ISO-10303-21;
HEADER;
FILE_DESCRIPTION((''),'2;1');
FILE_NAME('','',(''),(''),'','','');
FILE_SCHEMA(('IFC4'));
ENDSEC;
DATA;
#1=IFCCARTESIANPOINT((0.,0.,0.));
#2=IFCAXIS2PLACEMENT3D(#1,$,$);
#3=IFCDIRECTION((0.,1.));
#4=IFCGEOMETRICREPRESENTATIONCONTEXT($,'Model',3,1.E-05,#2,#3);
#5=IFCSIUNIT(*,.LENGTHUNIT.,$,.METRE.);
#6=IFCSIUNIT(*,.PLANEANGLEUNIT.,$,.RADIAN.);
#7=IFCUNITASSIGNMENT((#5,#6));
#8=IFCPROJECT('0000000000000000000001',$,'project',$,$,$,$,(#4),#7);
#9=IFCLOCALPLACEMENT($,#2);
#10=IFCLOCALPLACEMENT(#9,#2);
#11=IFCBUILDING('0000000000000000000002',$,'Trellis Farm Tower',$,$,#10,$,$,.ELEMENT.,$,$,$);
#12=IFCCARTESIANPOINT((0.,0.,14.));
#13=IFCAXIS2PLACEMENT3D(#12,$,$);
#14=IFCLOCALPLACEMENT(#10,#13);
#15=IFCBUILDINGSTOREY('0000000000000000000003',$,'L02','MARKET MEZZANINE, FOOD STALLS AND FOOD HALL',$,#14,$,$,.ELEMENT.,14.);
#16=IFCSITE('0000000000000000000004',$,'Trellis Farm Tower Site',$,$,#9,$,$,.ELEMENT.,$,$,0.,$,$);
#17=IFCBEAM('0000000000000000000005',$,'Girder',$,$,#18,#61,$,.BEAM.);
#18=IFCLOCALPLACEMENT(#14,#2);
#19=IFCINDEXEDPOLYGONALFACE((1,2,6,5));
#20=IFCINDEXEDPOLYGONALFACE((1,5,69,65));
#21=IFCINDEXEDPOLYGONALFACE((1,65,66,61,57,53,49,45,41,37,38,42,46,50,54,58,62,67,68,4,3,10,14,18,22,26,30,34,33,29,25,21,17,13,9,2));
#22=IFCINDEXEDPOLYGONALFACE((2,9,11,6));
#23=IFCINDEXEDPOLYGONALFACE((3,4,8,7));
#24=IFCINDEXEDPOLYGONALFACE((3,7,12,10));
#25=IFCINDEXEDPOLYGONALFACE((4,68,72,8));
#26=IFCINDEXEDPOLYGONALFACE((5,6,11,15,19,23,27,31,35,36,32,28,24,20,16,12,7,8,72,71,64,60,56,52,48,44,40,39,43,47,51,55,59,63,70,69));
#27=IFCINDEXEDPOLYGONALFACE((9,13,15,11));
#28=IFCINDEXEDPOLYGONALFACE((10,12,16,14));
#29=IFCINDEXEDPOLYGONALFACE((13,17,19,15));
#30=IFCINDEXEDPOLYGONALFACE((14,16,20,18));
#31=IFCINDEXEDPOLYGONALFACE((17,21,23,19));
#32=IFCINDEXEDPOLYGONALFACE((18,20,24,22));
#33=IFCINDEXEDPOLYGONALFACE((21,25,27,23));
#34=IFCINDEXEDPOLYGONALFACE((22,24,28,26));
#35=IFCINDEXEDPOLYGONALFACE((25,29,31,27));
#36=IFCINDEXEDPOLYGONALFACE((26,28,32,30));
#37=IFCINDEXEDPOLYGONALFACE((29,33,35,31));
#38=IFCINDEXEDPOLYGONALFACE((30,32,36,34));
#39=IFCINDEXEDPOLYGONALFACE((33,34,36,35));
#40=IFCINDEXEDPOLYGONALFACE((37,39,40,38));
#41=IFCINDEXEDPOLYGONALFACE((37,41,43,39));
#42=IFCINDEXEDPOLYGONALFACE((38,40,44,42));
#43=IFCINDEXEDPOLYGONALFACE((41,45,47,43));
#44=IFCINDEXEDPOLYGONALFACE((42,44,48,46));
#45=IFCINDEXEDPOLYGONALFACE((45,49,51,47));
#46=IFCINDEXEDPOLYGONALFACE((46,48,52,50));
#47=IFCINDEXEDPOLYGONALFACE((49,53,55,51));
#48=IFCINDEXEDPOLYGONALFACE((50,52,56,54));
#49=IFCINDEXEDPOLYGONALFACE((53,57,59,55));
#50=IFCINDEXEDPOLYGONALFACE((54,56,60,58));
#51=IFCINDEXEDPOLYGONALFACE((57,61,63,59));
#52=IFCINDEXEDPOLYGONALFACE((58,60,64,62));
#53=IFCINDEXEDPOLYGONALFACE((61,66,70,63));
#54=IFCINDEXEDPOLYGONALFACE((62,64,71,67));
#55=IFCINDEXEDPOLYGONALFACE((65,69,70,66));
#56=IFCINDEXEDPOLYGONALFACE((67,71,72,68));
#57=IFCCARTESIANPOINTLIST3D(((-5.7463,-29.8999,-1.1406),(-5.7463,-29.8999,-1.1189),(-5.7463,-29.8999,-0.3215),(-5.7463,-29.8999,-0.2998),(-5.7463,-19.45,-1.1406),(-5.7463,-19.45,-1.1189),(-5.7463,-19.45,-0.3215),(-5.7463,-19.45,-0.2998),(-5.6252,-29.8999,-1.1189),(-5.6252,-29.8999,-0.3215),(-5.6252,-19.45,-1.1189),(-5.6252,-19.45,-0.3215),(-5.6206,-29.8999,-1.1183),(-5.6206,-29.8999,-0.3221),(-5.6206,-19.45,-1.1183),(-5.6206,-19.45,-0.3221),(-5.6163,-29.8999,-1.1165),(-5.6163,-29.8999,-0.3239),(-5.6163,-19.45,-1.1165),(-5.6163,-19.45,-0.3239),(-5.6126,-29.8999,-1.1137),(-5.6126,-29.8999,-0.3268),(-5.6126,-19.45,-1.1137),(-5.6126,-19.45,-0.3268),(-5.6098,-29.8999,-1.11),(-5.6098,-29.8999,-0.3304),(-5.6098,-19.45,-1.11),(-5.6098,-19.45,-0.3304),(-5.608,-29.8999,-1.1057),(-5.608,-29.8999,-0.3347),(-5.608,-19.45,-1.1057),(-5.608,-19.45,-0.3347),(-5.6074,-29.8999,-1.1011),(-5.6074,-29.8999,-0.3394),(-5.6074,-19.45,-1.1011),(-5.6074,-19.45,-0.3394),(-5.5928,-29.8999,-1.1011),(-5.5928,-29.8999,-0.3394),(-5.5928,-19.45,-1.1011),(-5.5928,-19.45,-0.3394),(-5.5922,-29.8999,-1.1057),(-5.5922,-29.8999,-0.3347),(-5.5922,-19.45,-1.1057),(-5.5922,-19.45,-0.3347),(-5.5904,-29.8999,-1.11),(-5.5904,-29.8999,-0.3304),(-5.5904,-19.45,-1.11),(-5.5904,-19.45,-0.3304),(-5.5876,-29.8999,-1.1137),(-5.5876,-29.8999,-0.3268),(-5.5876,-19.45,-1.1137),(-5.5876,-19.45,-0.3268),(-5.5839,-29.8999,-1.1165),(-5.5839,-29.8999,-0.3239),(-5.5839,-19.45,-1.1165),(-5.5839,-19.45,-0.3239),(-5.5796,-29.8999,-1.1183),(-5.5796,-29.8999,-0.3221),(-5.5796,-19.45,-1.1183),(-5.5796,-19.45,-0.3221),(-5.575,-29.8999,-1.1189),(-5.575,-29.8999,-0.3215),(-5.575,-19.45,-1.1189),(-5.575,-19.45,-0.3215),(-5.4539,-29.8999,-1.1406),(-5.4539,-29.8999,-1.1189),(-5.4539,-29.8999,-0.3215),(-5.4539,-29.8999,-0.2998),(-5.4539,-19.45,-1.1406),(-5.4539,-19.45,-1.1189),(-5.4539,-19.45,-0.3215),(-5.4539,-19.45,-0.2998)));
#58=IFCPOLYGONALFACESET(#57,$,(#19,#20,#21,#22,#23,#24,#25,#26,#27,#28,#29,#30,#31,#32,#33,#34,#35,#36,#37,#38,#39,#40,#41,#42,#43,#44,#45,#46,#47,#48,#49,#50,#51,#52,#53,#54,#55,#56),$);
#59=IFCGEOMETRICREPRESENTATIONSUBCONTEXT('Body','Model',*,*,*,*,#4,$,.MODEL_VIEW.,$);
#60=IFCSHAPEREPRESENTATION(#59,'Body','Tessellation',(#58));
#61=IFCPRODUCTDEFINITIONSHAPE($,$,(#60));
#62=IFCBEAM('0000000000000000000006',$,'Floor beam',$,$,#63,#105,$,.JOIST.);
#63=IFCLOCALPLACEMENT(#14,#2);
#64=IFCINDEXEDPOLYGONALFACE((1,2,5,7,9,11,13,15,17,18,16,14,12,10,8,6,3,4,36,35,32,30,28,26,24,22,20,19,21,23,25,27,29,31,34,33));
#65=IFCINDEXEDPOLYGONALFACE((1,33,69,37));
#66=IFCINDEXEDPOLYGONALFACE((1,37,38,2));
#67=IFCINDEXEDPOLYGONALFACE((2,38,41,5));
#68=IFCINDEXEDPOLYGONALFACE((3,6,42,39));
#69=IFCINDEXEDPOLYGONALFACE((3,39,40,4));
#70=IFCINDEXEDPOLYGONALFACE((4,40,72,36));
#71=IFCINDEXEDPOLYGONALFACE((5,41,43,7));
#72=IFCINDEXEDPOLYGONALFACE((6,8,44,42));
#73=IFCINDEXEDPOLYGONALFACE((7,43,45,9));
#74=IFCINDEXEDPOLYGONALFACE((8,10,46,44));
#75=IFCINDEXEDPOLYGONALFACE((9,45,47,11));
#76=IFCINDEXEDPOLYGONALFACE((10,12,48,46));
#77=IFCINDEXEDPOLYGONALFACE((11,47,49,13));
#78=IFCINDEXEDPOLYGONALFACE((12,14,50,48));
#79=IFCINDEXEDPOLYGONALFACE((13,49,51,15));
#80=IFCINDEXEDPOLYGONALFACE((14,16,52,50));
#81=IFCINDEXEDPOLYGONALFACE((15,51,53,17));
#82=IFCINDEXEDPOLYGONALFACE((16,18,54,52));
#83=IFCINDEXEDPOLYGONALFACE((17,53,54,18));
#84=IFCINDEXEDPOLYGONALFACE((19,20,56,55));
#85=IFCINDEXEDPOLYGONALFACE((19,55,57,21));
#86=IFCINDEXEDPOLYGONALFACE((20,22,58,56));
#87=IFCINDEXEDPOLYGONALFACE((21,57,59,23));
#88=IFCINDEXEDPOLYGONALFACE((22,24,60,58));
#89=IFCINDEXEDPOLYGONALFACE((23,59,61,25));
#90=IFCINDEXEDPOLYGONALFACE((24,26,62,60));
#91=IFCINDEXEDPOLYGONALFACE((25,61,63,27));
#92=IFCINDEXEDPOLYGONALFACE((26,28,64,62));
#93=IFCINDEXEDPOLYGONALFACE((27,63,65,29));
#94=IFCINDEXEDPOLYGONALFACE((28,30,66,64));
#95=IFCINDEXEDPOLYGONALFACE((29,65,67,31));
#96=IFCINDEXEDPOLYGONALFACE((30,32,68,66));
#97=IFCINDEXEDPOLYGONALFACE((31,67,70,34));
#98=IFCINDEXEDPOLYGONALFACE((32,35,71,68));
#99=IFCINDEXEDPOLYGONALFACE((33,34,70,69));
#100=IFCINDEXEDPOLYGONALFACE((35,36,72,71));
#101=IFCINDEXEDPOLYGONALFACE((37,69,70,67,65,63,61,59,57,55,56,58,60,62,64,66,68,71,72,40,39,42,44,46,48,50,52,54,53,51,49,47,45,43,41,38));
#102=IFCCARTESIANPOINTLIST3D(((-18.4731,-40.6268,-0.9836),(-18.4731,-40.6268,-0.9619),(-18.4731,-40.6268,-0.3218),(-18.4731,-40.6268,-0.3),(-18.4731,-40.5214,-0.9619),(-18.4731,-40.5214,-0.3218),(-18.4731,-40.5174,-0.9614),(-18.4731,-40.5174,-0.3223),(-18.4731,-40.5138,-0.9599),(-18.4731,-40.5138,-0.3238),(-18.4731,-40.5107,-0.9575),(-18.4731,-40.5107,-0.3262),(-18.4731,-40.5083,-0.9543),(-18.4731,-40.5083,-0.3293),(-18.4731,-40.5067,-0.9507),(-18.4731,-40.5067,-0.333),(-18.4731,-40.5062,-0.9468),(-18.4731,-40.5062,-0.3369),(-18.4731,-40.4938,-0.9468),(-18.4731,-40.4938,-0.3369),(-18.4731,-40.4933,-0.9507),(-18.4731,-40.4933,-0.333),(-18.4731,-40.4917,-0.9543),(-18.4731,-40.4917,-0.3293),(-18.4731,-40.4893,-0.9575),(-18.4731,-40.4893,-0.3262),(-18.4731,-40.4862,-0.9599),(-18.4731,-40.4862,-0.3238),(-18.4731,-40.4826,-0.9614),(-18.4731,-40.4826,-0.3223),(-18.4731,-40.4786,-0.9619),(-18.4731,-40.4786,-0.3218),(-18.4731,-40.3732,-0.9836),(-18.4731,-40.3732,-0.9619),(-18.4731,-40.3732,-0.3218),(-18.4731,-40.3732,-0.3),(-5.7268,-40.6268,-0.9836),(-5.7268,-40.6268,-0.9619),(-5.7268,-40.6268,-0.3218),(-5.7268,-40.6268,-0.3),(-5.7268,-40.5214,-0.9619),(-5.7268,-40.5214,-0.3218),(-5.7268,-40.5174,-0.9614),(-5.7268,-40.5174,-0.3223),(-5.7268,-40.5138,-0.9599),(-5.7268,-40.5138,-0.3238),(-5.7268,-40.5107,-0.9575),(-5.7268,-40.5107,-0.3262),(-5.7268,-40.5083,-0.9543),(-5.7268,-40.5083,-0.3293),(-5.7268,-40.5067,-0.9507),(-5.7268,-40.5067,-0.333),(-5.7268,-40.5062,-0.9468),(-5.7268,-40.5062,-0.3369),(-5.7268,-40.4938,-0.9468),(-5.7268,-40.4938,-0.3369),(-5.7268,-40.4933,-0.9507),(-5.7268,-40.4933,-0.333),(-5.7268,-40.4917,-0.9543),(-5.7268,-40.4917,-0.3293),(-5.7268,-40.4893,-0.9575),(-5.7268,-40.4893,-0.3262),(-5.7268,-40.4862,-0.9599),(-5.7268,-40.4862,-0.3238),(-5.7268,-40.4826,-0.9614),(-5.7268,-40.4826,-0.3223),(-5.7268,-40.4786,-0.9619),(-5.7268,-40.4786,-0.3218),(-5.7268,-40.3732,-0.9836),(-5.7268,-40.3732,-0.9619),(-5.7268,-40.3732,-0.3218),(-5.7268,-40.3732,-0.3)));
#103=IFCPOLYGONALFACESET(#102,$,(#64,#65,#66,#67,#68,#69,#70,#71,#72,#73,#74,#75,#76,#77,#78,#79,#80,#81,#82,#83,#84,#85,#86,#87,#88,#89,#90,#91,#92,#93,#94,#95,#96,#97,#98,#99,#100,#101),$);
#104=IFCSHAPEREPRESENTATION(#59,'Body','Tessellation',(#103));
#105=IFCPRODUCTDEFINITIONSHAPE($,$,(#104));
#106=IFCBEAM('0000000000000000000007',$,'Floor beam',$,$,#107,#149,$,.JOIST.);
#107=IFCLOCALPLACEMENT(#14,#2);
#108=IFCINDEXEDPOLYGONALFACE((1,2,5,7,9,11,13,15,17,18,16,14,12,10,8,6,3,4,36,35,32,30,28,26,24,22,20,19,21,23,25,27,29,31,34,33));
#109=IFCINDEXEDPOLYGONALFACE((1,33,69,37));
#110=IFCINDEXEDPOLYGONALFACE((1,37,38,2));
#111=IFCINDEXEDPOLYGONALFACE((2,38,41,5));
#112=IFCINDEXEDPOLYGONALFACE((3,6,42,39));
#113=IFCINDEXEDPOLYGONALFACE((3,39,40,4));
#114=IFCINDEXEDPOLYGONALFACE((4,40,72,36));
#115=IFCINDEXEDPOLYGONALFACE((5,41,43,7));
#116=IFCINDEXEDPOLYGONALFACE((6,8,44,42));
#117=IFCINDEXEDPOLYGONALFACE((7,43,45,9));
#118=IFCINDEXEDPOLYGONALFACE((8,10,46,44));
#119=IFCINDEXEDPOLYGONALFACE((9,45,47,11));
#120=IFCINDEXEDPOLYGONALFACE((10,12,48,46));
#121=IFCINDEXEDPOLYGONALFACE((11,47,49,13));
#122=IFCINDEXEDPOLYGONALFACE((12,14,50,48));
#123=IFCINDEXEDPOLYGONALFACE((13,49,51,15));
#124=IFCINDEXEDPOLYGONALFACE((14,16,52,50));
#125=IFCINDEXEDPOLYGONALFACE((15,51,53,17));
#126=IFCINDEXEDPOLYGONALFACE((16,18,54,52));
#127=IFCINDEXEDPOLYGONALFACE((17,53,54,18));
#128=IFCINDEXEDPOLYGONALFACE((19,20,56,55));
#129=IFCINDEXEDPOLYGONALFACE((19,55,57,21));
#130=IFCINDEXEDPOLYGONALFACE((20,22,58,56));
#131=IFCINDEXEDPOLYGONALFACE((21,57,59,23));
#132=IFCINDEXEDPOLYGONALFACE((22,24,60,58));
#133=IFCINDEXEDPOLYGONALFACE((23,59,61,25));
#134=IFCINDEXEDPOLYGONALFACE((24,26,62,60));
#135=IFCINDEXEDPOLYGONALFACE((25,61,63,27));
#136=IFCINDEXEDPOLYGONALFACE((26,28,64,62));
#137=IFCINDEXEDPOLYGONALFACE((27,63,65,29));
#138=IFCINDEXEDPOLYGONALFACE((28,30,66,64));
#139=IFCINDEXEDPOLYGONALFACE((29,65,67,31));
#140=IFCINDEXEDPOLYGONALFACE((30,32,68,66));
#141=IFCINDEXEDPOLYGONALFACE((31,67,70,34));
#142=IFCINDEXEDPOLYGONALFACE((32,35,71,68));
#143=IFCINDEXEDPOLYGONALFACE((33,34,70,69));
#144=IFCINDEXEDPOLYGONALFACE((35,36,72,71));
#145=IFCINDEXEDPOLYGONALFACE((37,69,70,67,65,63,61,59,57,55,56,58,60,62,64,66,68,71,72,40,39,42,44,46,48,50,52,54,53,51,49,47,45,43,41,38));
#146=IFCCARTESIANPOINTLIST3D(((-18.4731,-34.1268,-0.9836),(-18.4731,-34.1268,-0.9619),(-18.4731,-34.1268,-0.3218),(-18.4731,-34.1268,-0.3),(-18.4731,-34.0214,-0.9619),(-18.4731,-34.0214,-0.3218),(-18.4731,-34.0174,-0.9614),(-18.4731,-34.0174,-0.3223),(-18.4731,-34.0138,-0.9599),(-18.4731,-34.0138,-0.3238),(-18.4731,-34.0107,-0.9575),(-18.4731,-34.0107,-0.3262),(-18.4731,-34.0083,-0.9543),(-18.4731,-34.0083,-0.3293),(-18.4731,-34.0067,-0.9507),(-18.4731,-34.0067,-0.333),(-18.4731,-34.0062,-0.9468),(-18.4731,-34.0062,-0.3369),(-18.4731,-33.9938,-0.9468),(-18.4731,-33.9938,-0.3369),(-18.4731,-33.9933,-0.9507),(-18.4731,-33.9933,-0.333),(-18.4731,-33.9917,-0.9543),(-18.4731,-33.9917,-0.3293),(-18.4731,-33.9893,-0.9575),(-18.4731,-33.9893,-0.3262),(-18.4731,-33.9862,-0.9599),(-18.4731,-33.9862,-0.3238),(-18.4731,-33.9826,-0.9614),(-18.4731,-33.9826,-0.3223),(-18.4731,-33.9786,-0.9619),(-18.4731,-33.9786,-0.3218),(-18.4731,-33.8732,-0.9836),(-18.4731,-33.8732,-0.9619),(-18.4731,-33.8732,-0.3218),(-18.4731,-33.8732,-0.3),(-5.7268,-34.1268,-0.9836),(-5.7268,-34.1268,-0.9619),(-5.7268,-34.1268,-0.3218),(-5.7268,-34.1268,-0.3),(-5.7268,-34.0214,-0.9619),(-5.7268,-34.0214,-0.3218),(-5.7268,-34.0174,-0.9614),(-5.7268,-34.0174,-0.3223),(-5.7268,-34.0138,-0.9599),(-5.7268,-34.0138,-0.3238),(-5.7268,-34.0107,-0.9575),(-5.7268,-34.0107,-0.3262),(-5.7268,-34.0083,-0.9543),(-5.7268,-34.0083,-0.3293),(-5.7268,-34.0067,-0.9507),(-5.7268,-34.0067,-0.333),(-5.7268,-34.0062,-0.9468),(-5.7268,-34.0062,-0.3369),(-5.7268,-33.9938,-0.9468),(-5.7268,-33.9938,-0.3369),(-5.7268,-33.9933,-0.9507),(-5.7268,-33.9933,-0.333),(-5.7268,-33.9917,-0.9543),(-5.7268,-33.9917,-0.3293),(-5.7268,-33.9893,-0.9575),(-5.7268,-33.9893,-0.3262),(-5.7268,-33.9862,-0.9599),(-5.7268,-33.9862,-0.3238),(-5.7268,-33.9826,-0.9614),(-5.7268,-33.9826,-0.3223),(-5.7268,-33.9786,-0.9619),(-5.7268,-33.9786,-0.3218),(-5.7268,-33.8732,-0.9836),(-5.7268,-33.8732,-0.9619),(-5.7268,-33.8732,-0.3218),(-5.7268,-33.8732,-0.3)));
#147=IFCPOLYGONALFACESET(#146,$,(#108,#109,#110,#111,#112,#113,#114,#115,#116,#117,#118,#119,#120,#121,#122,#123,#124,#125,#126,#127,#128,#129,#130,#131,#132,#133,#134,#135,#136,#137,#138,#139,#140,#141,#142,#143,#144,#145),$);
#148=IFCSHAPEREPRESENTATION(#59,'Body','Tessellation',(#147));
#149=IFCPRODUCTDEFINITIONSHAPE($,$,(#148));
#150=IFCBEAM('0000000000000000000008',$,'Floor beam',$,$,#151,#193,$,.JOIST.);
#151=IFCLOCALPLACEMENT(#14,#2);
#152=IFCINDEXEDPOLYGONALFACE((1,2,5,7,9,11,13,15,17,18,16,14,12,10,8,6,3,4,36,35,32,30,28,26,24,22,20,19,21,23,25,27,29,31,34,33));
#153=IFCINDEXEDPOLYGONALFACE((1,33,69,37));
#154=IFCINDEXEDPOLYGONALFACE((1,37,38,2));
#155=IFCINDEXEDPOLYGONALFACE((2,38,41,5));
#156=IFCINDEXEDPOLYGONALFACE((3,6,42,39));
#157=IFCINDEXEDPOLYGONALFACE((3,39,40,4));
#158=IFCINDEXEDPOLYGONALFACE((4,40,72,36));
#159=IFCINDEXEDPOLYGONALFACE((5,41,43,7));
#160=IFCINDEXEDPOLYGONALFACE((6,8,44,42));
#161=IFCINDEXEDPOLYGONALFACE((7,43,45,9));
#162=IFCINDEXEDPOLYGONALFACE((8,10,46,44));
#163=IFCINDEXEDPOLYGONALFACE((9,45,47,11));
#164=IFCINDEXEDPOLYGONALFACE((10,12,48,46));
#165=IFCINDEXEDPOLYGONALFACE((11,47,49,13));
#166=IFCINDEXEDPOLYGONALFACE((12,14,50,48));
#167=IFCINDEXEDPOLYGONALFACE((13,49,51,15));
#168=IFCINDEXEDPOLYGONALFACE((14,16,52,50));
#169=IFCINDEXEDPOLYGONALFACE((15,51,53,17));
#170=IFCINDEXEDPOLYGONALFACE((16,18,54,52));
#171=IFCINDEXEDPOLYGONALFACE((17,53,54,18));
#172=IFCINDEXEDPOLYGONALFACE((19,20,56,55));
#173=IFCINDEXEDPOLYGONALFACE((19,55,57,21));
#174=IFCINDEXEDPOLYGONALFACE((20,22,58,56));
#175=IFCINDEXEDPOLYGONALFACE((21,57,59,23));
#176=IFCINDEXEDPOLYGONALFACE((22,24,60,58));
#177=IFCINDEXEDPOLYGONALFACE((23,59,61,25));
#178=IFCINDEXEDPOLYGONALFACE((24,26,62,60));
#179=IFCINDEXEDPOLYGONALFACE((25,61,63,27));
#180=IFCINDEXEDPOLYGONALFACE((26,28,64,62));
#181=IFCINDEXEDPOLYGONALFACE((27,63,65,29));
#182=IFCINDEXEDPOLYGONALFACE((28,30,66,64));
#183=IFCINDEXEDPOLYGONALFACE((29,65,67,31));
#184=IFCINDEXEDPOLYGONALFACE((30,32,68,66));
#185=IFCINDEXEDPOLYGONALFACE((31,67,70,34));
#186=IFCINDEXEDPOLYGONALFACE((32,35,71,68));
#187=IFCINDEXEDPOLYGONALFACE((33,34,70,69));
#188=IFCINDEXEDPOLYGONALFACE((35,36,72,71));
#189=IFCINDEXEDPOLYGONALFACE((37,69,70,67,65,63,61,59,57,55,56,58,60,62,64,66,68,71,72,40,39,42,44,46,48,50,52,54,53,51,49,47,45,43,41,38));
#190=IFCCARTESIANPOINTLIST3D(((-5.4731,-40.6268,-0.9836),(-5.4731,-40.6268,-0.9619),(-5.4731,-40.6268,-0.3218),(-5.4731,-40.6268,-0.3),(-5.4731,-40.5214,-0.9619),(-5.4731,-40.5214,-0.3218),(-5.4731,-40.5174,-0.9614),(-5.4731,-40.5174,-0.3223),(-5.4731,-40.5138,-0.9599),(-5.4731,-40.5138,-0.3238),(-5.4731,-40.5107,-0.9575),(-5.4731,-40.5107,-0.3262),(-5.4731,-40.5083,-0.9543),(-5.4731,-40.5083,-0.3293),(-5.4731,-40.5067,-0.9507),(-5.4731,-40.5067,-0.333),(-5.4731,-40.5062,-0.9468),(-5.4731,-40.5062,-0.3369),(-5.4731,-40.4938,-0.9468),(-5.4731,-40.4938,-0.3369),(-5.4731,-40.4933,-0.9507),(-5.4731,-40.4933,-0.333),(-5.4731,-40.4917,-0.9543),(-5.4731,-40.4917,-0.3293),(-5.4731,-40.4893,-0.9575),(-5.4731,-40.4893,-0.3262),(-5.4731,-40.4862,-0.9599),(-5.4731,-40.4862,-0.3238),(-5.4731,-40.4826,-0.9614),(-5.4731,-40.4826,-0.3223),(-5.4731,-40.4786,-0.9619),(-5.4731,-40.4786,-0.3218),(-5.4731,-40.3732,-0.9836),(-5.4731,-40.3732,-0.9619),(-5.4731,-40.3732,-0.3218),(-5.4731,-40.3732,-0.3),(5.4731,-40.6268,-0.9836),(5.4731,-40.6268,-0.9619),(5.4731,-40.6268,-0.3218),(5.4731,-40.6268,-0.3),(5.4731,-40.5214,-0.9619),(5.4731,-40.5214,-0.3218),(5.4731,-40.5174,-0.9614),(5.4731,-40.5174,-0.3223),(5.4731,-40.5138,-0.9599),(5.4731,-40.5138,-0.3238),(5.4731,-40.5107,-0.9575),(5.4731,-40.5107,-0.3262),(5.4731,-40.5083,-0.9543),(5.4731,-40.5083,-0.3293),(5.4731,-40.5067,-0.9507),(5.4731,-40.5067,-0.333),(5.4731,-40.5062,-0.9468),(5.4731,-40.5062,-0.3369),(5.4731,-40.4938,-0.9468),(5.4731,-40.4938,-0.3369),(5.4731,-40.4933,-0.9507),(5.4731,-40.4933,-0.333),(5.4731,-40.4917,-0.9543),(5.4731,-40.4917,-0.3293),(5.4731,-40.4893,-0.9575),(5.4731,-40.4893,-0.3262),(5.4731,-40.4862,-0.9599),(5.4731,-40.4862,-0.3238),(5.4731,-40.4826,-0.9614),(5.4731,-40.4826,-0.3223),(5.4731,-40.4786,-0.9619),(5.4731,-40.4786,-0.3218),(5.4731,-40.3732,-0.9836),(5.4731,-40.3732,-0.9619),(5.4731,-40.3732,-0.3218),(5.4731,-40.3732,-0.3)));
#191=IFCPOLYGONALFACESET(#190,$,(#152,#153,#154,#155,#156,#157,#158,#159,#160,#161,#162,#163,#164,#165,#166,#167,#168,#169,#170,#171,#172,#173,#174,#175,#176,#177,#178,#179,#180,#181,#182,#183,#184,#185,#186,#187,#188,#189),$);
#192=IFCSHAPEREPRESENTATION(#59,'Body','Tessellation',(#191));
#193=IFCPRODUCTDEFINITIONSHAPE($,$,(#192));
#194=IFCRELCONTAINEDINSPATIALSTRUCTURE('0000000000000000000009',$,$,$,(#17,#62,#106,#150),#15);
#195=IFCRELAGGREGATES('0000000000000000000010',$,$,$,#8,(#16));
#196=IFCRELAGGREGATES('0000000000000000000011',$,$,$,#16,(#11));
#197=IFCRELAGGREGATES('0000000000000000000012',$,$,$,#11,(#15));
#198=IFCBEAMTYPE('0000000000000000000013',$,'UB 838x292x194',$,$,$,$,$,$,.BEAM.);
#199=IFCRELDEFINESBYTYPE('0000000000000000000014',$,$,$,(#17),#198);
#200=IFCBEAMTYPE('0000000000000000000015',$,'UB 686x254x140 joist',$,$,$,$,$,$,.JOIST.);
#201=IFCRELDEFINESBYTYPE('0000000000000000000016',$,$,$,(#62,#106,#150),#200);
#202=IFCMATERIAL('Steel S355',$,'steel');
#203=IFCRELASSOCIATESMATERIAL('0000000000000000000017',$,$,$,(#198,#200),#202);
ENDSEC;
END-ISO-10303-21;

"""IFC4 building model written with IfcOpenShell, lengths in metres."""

from ifc_helpers import new_model, si_unit, direction, frame, origin, origin_2d, place, context, subcontext, project, spatial, i_section, extrude, source, transform, mapped, material, material_profile, profile_set, type_object, element, save


model = new_model("IFC4")

# Units and contexts
model_context = context("Model", 3, precision=1e-05, world=origin(), true_north=direction((0.0, 1.0)))
body_context = subcontext(model_context, "Body", "Model", "MODEL_VIEW")
ifc_project = project(units=[si_unit("LENGTHUNIT", "METRE"), si_unit("PLANEANGLEUNIT", "RADIAN")], contexts=[model_context])

# Site, building, storey
site_placement = place(None, origin())
site = spatial("IfcSite", under=ifc_project, at=site_placement, Name="Trellis Farm Tower Site", CompositionType="ELEMENT", RefElevation=0.0)
building_placement = place(site_placement, origin())
building = spatial("IfcBuilding", under=site, at=building_placement, Name="Trellis Farm Tower", CompositionType="ELEMENT")
storey_placement = place(building_placement, frame((0.0, 0.0, 14.0)))
storey = spatial("IfcBuildingStorey", under=building, at=storey_placement, Name="L02", Description="MARKET MEZZANINE, FOOD STALLS AND FOOD HALL", CompositionType="ELEMENT", Elevation=14.0)

# Beams
ifc_material_1 = material(Name="Steel S355", Category="steel")
ifc_material_profile_1 = material_profile(ifc_material_1, i_section(OverallWidth=0.2925, OverallDepth=0.8408, WebThickness=0.0146, FlangeThickness=0.0217, FilletRadius=0.0178, at=origin_2d()), Name="UB 838x292x194")
ifc_profile_set_1 = profile_set([ifc_material_profile_1], Name="Steel S355")
beam_type_1 = type_object("IfcBeamType", Name="UB 838x292x194", PredefinedType="BEAM", material=ifc_profile_set_1)
shared_shape_1 = source(origin(), body_context, "Body", "SweptSolid", [
    extrude(i_section(OverallWidth=0.2925, OverallDepth=0.8408, WebThickness=0.0146, FlangeThickness=0.0217, FilletRadius=0.0178, at=origin_2d()), origin(), (0.0, 0.0, 1.0), 10.45),
])
beam_1_placement = place(storey_placement, frame((-5.6001, -29.8999, -0.7202), z_axis=(0.0, 1.0, 0.0), x_axis=(-1.0, 0.0, 0.0)))
element("IfcBeam", 1, at=beam_1_placement, inside=storey, type_object=beam_type_1, Name="Girder", PredefinedType="BEAM", context=body_context, shape_type="MappedRepresentation", body=[
    mapped(shared_shape_1, transform((0.0, 0.0, 0.0))),
])
ifc_material_profile_2 = material_profile(ifc_material_1, i_section(OverallWidth=0.2537, OverallDepth=0.6836, WebThickness=0.0125, FlangeThickness=0.0217, FilletRadius=0.0151, at=origin_2d()), Name="UB 686x254x140")
ifc_profile_set_2 = profile_set([ifc_material_profile_2], Name="Steel S355")
beam_type_2 = type_object("IfcBeamType", Name="UB 686x254x140 joist", PredefinedType="JOIST", material=ifc_profile_set_2)
shared_shape_2 = source(origin(), body_context, "Body", "SweptSolid", [
    extrude(i_section(OverallWidth=0.2537, OverallDepth=0.6836, WebThickness=0.0125, FlangeThickness=0.0217, FilletRadius=0.0151, at=origin_2d()), origin(), (0.0, 0.0, 1.0), 12.7463),
])
for number, where, z_axis, x_axis, name in (
    (2, (-18.4731, -40.5, -0.6418), (1.0, 0.0, 0.0), (0.0, 1.0, 0.0), "Floor beam"),
    (3, (-18.4731, -34.0, -0.6418), (1.0, 0.0, 0.0), (0.0, 1.0, 0.0), "Floor beam"),
):
    element("IfcBeam", number, at=place(storey_placement, frame(where, z_axis=z_axis, x_axis=x_axis)), inside=storey, type_object=beam_type_2, Name=name, PredefinedType="JOIST", context=body_context, shape_type="MappedRepresentation", body=[
        mapped(shared_shape_2, transform((0.0, 0.0, 0.0))),
    ])
shared_shape_3 = source(origin(), body_context, "Body", "SweptSolid", [
    extrude(i_section(OverallWidth=0.2537, OverallDepth=0.6836, WebThickness=0.0125, FlangeThickness=0.0217, FilletRadius=0.0151, at=origin_2d()), origin(), (0.0, 0.0, 1.0), 10.9463),
])
for number, where, z_axis, x_axis, name in (
    (4, (-5.4731, -40.5, -0.6418), (1.0, 0.0, 0.0), (0.0, 1.0, 0.0), "Floor beam"),
):
    element("IfcBeam", number, at=place(storey_placement, frame(where, z_axis=z_axis, x_axis=x_axis)), inside=storey, type_object=beam_type_2, Name=name, PredefinedType="JOIST", context=body_context, shape_type="MappedRepresentation", body=[
        mapped(shared_shape_3, transform((0.0, 0.0, 0.0))),
    ])

save(model, "model.ifc")
